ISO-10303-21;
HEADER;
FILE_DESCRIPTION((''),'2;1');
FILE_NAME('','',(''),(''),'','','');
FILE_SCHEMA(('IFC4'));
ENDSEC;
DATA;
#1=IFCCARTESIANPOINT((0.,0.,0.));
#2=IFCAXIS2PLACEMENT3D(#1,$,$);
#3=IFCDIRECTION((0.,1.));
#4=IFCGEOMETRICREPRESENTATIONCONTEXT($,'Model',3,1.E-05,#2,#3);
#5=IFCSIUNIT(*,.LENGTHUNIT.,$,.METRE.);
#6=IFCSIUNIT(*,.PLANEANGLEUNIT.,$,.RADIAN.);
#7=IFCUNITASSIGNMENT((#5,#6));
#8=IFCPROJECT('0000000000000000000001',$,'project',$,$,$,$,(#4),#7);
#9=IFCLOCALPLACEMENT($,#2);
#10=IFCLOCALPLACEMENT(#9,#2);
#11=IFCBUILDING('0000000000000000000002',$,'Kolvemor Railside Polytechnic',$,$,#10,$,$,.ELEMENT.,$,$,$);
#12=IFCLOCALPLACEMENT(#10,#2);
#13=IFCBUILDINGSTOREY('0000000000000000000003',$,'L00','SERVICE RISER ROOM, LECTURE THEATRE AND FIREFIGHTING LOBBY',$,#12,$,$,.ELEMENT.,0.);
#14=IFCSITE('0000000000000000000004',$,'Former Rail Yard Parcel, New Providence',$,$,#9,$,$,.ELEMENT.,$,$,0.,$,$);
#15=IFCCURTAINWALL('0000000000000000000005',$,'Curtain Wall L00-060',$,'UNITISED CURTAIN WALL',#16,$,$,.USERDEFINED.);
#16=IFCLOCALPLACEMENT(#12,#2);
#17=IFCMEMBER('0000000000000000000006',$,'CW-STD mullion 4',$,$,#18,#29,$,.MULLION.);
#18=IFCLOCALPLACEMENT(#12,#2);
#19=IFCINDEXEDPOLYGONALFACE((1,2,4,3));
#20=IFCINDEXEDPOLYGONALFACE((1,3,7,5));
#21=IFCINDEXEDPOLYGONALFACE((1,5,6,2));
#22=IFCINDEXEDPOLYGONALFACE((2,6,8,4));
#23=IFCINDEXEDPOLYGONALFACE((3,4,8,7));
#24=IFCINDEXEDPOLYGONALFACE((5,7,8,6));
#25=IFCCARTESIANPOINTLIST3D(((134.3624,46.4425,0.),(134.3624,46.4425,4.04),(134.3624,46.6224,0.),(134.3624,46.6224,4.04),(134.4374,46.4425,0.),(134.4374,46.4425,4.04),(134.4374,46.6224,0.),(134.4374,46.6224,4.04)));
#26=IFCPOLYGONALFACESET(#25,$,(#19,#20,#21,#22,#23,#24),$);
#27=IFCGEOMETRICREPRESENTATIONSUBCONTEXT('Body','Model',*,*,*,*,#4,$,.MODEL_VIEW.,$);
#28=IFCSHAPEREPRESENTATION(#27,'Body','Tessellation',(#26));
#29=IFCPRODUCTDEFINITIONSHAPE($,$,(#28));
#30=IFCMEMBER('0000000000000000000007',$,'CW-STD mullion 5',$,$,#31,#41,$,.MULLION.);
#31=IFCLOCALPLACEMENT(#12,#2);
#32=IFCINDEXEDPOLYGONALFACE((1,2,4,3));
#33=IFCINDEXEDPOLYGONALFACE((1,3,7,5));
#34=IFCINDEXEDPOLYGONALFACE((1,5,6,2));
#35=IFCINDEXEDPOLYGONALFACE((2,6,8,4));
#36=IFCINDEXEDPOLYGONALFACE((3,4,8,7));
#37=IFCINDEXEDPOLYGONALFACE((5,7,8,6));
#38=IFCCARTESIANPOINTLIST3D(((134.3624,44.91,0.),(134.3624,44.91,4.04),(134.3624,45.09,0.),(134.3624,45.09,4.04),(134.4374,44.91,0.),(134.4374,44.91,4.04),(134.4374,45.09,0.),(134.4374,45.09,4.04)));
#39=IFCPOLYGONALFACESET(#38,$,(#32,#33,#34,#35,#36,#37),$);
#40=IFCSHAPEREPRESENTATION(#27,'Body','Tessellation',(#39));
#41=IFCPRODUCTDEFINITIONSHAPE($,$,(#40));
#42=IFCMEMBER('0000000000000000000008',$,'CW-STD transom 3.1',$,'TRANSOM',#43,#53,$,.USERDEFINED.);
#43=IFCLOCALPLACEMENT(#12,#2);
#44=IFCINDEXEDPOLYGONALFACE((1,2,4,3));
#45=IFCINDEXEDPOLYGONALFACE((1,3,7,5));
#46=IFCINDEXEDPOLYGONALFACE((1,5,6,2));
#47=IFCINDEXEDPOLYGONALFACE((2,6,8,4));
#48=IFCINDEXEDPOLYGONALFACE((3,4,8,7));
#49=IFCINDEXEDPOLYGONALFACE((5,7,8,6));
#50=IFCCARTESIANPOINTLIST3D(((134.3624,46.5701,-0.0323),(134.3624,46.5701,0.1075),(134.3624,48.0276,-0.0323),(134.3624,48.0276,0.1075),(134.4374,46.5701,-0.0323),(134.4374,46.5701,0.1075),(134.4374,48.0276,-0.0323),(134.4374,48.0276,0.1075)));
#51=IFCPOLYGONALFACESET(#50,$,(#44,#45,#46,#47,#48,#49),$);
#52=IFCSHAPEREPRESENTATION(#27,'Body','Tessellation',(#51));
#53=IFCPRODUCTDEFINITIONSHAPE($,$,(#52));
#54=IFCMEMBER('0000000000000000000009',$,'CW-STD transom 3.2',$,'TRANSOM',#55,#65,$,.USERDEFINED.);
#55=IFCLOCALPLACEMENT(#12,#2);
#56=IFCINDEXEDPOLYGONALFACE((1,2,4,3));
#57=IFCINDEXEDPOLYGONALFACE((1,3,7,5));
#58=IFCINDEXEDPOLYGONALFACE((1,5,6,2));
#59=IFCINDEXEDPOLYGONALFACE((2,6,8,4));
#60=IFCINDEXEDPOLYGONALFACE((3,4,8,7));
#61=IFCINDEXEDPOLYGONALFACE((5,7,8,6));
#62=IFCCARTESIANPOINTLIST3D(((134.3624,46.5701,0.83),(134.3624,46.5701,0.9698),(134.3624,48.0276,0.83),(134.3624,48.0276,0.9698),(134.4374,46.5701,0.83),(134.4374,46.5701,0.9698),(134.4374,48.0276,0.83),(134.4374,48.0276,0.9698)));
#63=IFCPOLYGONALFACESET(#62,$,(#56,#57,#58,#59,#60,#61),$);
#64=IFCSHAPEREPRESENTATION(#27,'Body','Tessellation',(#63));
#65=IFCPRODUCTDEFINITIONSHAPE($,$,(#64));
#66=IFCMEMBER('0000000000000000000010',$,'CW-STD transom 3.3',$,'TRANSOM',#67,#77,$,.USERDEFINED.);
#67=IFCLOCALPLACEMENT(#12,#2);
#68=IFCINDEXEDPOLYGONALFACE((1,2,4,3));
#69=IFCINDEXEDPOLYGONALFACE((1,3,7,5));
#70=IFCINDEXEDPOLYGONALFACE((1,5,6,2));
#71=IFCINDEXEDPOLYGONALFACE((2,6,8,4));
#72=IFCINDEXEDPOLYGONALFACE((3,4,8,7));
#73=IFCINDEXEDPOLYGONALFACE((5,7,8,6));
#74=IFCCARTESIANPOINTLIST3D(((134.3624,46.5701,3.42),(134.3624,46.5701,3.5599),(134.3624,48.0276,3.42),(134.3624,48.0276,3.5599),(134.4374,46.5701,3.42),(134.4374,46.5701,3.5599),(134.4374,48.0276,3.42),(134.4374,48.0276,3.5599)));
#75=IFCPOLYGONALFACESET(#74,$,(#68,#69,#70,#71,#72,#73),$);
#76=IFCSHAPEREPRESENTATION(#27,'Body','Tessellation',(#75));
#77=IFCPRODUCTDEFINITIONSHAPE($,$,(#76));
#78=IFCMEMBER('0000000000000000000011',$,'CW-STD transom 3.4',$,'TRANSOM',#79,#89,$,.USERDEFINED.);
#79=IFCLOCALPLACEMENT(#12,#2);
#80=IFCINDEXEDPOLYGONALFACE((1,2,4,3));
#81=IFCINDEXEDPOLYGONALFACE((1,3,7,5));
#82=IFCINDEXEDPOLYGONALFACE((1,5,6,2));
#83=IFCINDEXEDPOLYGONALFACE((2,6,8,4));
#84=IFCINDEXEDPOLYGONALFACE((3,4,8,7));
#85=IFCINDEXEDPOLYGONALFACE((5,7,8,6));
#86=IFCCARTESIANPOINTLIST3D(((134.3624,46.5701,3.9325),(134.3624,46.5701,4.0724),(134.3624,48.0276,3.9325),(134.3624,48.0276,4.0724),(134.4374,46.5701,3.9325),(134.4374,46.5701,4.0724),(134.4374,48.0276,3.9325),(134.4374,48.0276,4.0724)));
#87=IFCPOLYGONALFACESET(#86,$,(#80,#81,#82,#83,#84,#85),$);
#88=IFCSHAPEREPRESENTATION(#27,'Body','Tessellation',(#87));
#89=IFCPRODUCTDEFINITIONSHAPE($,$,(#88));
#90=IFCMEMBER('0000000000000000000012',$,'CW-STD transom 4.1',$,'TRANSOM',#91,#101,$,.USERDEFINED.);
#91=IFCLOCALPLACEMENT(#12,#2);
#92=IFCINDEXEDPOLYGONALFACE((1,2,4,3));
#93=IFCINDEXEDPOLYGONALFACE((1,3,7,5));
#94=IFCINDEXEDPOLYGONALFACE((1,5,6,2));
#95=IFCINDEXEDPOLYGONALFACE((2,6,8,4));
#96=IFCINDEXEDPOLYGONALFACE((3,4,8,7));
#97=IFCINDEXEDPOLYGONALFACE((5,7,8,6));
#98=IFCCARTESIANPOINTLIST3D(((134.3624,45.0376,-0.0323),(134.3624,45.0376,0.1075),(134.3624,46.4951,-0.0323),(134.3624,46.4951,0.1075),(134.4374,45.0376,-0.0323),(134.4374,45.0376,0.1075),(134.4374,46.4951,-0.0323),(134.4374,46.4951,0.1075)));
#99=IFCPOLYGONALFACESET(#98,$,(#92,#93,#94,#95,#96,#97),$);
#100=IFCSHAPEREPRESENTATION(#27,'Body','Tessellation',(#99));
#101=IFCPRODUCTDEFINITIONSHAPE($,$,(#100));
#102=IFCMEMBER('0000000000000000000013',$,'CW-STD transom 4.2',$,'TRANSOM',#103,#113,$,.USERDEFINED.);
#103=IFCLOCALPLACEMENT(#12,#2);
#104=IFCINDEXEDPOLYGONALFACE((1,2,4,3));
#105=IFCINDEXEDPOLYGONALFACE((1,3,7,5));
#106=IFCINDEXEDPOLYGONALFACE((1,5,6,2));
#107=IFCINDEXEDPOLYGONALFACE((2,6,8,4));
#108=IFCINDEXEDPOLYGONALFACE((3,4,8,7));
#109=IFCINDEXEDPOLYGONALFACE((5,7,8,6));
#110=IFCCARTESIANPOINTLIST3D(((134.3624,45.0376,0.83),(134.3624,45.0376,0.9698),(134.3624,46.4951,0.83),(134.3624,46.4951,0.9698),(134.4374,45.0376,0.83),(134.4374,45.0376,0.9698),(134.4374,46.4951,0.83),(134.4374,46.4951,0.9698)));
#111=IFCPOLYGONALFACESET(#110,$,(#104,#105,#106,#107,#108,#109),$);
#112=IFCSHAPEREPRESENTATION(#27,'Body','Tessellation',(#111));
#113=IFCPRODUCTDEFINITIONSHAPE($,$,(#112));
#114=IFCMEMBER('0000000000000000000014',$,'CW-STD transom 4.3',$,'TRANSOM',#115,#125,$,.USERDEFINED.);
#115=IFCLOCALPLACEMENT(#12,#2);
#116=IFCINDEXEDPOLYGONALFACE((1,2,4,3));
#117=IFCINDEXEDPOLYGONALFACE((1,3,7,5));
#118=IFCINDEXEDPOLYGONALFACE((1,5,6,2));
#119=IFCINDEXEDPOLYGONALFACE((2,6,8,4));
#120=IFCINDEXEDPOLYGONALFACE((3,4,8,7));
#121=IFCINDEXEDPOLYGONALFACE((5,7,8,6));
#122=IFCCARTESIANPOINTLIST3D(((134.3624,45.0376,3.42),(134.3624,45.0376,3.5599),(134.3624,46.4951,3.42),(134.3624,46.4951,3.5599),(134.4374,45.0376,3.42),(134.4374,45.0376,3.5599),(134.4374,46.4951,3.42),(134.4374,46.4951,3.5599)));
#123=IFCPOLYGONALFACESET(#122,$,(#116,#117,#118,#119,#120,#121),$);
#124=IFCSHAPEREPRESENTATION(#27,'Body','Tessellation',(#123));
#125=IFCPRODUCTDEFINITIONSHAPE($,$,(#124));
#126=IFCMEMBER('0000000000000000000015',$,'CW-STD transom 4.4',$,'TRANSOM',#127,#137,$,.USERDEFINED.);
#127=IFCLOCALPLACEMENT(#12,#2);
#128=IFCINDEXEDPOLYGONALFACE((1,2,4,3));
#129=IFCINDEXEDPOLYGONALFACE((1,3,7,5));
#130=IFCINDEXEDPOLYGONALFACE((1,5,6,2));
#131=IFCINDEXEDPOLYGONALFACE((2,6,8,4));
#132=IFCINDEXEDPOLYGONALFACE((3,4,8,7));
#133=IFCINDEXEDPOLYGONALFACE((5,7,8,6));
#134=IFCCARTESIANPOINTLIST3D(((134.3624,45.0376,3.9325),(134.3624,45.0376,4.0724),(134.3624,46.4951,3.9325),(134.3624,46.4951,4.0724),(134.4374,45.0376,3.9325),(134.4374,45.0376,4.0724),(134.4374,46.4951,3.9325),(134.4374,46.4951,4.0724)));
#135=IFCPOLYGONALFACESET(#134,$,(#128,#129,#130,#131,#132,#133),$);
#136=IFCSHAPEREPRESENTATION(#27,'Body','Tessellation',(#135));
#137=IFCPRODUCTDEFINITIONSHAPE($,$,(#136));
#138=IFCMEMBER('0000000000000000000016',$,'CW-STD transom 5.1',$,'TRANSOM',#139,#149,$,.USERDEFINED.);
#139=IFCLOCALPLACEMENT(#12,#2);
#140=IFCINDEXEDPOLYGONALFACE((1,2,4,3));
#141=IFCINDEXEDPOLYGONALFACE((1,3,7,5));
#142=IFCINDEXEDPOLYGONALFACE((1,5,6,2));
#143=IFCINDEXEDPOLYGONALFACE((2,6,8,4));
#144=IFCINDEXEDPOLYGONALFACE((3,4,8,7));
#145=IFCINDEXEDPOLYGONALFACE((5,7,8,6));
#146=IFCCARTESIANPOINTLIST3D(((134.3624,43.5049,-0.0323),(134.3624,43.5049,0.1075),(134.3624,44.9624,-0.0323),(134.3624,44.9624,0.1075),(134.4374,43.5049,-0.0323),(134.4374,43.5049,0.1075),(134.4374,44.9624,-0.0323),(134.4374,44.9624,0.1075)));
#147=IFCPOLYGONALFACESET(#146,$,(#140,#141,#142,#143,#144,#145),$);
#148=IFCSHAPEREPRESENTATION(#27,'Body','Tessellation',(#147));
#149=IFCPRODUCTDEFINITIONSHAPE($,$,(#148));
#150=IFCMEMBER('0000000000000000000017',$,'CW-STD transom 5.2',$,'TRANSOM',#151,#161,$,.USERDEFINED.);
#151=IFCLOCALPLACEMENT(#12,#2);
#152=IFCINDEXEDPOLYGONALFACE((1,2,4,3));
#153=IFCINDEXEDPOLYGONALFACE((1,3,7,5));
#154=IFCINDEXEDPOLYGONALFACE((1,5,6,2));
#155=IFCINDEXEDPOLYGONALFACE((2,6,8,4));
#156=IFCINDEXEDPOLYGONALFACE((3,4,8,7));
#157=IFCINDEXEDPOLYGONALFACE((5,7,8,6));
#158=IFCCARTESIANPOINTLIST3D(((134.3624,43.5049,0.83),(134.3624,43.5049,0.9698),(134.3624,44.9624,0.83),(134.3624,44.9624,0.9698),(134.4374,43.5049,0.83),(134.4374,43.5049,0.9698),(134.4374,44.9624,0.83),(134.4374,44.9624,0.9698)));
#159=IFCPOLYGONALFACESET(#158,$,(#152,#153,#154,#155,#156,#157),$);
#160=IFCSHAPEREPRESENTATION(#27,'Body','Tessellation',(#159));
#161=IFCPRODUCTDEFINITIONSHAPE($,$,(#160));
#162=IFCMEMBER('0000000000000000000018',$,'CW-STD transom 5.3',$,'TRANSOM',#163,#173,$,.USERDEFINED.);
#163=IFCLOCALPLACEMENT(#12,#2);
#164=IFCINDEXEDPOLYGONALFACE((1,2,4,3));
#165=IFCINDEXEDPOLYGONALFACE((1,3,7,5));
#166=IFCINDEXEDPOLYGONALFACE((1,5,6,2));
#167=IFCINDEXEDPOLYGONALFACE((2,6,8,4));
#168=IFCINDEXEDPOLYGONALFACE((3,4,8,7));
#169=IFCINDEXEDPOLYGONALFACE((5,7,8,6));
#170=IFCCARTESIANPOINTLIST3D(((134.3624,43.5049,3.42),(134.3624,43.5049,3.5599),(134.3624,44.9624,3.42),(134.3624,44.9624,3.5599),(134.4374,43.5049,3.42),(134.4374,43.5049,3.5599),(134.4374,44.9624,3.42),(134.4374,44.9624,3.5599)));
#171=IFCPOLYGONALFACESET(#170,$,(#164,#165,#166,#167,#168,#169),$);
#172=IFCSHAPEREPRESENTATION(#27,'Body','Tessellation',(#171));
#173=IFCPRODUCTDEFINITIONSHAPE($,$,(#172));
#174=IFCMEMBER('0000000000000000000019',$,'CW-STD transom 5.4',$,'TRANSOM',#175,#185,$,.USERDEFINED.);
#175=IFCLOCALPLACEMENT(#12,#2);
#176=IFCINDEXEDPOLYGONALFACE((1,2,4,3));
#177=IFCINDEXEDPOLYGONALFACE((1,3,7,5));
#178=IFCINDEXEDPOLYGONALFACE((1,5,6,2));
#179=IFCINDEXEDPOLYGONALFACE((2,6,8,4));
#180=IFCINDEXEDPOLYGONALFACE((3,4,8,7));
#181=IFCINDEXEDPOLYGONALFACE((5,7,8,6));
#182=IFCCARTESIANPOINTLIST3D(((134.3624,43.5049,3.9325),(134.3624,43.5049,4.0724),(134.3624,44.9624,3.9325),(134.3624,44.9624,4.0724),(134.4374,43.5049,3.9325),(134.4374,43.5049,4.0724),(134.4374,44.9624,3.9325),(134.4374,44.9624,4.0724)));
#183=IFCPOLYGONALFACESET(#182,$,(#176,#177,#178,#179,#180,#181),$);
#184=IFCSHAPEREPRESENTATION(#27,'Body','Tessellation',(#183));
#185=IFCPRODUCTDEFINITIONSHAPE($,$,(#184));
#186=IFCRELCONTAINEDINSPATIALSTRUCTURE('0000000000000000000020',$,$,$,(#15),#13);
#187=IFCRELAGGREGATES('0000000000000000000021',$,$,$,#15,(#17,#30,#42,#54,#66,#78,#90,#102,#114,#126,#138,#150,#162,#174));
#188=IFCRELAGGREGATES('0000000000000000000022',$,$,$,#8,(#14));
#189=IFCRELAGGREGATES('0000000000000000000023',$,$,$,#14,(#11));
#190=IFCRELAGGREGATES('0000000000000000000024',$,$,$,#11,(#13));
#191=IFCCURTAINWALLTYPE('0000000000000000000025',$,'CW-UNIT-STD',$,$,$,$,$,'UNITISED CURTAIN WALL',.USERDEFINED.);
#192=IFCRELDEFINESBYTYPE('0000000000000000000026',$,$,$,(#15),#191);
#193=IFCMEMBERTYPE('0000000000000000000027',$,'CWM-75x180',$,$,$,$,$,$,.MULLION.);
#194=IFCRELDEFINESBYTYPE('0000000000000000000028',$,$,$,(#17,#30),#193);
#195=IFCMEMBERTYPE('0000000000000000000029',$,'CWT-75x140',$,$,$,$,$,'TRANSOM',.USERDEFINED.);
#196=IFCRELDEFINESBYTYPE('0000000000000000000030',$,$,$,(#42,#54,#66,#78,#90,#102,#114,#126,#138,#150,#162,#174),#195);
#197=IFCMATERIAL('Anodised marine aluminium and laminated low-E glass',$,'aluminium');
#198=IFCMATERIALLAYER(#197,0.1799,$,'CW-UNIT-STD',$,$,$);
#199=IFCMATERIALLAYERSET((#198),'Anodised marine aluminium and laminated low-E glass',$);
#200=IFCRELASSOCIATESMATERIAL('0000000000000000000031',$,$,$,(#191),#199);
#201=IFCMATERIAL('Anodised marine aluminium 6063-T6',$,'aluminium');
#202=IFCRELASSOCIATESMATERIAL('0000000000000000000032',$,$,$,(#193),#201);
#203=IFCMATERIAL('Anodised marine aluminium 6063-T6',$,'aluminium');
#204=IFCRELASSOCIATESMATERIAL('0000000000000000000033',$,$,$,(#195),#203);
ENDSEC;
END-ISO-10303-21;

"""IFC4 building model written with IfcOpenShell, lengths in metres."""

from ifc_helpers import new_model, si_unit, direction, frame, origin, origin_2d, place, context, subcontext, project, spatial, rectangle, extrude, material, layer, layer_set, material_profile, profile_set, type_object, element, aggregate, save


model = new_model("IFC4")

# Units and contexts
model_context = context("Model", 3, precision=1e-05, world=origin(), true_north=direction((0.0, 1.0)))
body_context = subcontext(model_context, "Body", "Model", "MODEL_VIEW")
ifc_project = project(units=[si_unit("LENGTHUNIT", "METRE"), si_unit("PLANEANGLEUNIT", "RADIAN")], contexts=[model_context])

# Site, building, storey
site_placement = place(None, origin())
site = spatial("IfcSite", under=ifc_project, at=site_placement, Name="Former Rail Yard Parcel, New Providence", CompositionType="ELEMENT", RefElevation=0.0)
building_placement = place(site_placement, origin())
building = spatial("IfcBuilding", under=site, at=building_placement, Name="Kolvemor Railside Polytechnic", CompositionType="ELEMENT")
storey_placement = place(building_placement, origin())
storey = spatial("IfcBuildingStorey", under=building, at=storey_placement, Name="L00", Description="SERVICE RISER ROOM, LECTURE THEATRE AND FIREFIGHTING LOBBY", CompositionType="ELEMENT", Elevation=0.0)

# Curtain wall, members
ifc_material_1 = material(Name="Anodised marine aluminium and laminated low-E glass", Category="aluminium")
ifc_layer_1 = layer(ifc_material_1, 0.1799, Name="CW-UNIT-STD")
ifc_layer_set_1 = layer_set([ifc_layer_1], Name="Anodised marine aluminium and laminated low-E glass")
curtain_wall_type = type_object("IfcCurtainWallType", Name="CW-UNIT-STD", ElementType="UNITISED CURTAIN WALL", PredefinedType="USERDEFINED", material=ifc_layer_set_1)
curtain_wall_placement = place(storey_placement, origin())
curtain_wall = element("IfcCurtainWall", 1, at=curtain_wall_placement, inside=storey, type_object=curtain_wall_type, Name="Curtain Wall L00-060", ObjectType="UNITISED CURTAIN WALL", PredefinedType="USERDEFINED")
ifc_material_2 = material(Name="Anodised marine aluminium 6063-T6", Category="aluminium")
ifc_material_profile_1 = material_profile(ifc_material_2, rectangle(XDim=0.075, YDim=0.1799, at=origin_2d()), Name="CW-MUL-75x180")
ifc_profile_set_1 = profile_set([ifc_material_profile_1], Name="Anodised marine aluminium 6063-T6")
member_type_1 = type_object("IfcMemberType", Name="CWM-75x180", PredefinedType="MULLION", material=ifc_profile_set_1)
member_1_placement = place(storey_placement, frame((134.3999, 46.5325, 0.0), z_axis=(0.0, 0.0, 1.0), x_axis=(1.0, 0.0, 0.0)))
member_1 = element("IfcMember", 2, at=member_1_placement, type_object=member_type_1, Name="CW-STD mullion 4", PredefinedType="MULLION", context=body_context, shape_type="SweptSolid", body=[
    extrude(rectangle(XDim=0.075, YDim=0.1799, at=origin_2d()), origin(), (0.0, 0.0, 1.0), 4.04),
])
member_2_placement = place(storey_placement, frame((134.3999, 45.0, 0.0), z_axis=(0.0, 0.0, 1.0), x_axis=(1.0, 0.0, 0.0)))
member_2 = element("IfcMember", 3, at=member_2_placement, type_object=member_type_1, Name="CW-STD mullion 5", PredefinedType="MULLION", context=body_context, shape_type="SweptSolid", body=[
    extrude(rectangle(XDim=0.075, YDim=0.1799, at=origin_2d()), origin(), (0.0, 0.0, 1.0), 4.04),
])
ifc_material_3 = material(Name="Anodised marine aluminium 6063-T6", Category="aluminium")
ifc_material_profile_2 = material_profile(ifc_material_3, rectangle(XDim=0.075, YDim=0.1399, at=origin_2d()), Name="CW-TRN-75x140")
ifc_profile_set_2 = profile_set([ifc_material_profile_2], Name="Anodised marine aluminium 6063-T6")
member_type_2 = type_object("IfcMemberType", Name="CWT-75x140", ElementType="TRANSOM", PredefinedType="USERDEFINED", material=ifc_profile_set_2)
member_3_placement = place(storey_placement, frame((134.3999, 48.0276, 0.0376), z_axis=(0.0, -1.0, 0.0), x_axis=(1.0, 0.0, 0.0)))
member_3 = element("IfcMember", 4, at=member_3_placement, type_object=member_type_2, Name="CW-STD transom 3.1", ObjectType="TRANSOM", PredefinedType="USERDEFINED", context=body_context, shape_type="SweptSolid", body=[
    extrude(rectangle(XDim=0.075, YDim=0.1399, at=origin_2d()), origin(), (0.0, 0.0, 1.0), 1.4575),
])
member_4_placement = place(storey_placement, frame((134.3999, 48.0276, 0.8999), z_axis=(0.0, -1.0, 0.0), x_axis=(1.0, 0.0, 0.0)))
member_4 = element("IfcMember", 5, at=member_4_placement, type_object=member_type_2, Name="CW-STD transom 3.2", ObjectType="TRANSOM", PredefinedType="USERDEFINED", context=body_context, shape_type="SweptSolid", body=[
    extrude(rectangle(XDim=0.075, YDim=0.1399, at=origin_2d()), origin(), (0.0, 0.0, 1.0), 1.4575),
])
member_5_placement = place(storey_placement, frame((134.3999, 48.0276, 3.49), z_axis=(0.0, -1.0, 0.0), x_axis=(1.0, 0.0, 0.0)))
member_5 = element("IfcMember", 6, at=member_5_placement, type_object=member_type_2, Name="CW-STD transom 3.3", ObjectType="TRANSOM", PredefinedType="USERDEFINED", context=body_context, shape_type="SweptSolid", body=[
    extrude(rectangle(XDim=0.075, YDim=0.1399, at=origin_2d()), origin(), (0.0, 0.0, 1.0), 1.4575),
])
member_6_placement = place(storey_placement, frame((134.3999, 48.0276, 4.0024), z_axis=(0.0, -1.0, 0.0), x_axis=(1.0, 0.0, 0.0)))
member_6 = element("IfcMember", 7, at=member_6_placement, type_object=member_type_2, Name="CW-STD transom 3.4", ObjectType="TRANSOM", PredefinedType="USERDEFINED", context=body_context, shape_type="SweptSolid", body=[
    extrude(rectangle(XDim=0.075, YDim=0.1399, at=origin_2d()), origin(), (0.0, 0.0, 1.0), 1.4575),
])
member_7_placement = place(storey_placement, frame((134.3999, 46.4951, 0.0376), z_axis=(0.0, -1.0, 0.0), x_axis=(1.0, 0.0, 0.0)))
member_7 = element("IfcMember", 8, at=member_7_placement, type_object=member_type_2, Name="CW-STD transom 4.1", ObjectType="TRANSOM", PredefinedType="USERDEFINED", context=body_context, shape_type="SweptSolid", body=[
    extrude(rectangle(XDim=0.075, YDim=0.1399, at=origin_2d()), origin(), (0.0, 0.0, 1.0), 1.4575),
])
member_8_placement = place(storey_placement, frame((134.3999, 46.4951, 0.8999), z_axis=(0.0, -1.0, 0.0), x_axis=(1.0, 0.0, 0.0)))
member_8 = element("IfcMember", 9, at=member_8_placement, type_object=member_type_2, Name="CW-STD transom 4.2", ObjectType="TRANSOM", PredefinedType="USERDEFINED", context=body_context, shape_type="SweptSolid", body=[
    extrude(rectangle(XDim=0.075, YDim=0.1399, at=origin_2d()), origin(), (0.0, 0.0, 1.0), 1.4575),
])
member_9_placement = place(storey_placement, frame((134.3999, 46.4951, 3.49), z_axis=(0.0, -1.0, 0.0), x_axis=(1.0, 0.0, 0.0)))
member_9 = element("IfcMember", 10, at=member_9_placement, type_object=member_type_2, Name="CW-STD transom 4.3", ObjectType="TRANSOM", PredefinedType="USERDEFINED", context=body_context, shape_type="SweptSolid", body=[
    extrude(rectangle(XDim=0.075, YDim=0.1399, at=origin_2d()), origin(), (0.0, 0.0, 1.0), 1.4575),
])
member_10_placement = place(storey_placement, frame((134.3999, 46.4951, 4.0024), z_axis=(0.0, -1.0, 0.0), x_axis=(1.0, 0.0, 0.0)))
member_10 = element("IfcMember", 11, at=member_10_placement, type_object=member_type_2, Name="CW-STD transom 4.4", ObjectType="TRANSOM", PredefinedType="USERDEFINED", context=body_context, shape_type="SweptSolid", body=[
    extrude(rectangle(XDim=0.075, YDim=0.1399, at=origin_2d()), origin(), (0.0, 0.0, 1.0), 1.4575),
])
member_11_placement = place(storey_placement, frame((134.3999, 44.9624, 0.0376), z_axis=(0.0, -1.0, 0.0), x_axis=(1.0, 0.0, 0.0)))
member_11 = element("IfcMember", 12, at=member_11_placement, type_object=member_type_2, Name="CW-STD transom 5.1", ObjectType="TRANSOM", PredefinedType="USERDEFINED", context=body_context, shape_type="SweptSolid", body=[
    extrude(rectangle(XDim=0.075, YDim=0.1399, at=origin_2d()), origin(), (0.0, 0.0, 1.0), 1.4575),
])
member_12_placement = place(storey_placement, frame((134.3999, 44.9624, 0.8999), z_axis=(0.0, -1.0, 0.0), x_axis=(1.0, 0.0, 0.0)))
member_12 = element("IfcMember", 13, at=member_12_placement, type_object=member_type_2, Name="CW-STD transom 5.2", ObjectType="TRANSOM", PredefinedType="USERDEFINED", context=body_context, shape_type="SweptSolid", body=[
    extrude(rectangle(XDim=0.075, YDim=0.1399, at=origin_2d()), origin(), (0.0, 0.0, 1.0), 1.4575),
])
member_13_placement = place(storey_placement, frame((134.3999, 44.9624, 3.49), z_axis=(0.0, -1.0, 0.0), x_axis=(1.0, 0.0, 0.0)))
member_13 = element("IfcMember", 14, at=member_13_placement, type_object=member_type_2, Name="CW-STD transom 5.3", ObjectType="TRANSOM", PredefinedType="USERDEFINED", context=body_context, shape_type="SweptSolid", body=[
    extrude(rectangle(XDim=0.075, YDim=0.1399, at=origin_2d()), origin(), (0.0, 0.0, 1.0), 1.4575),
])
member_14_placement = place(storey_placement, frame((134.3999, 44.9624, 4.0024), z_axis=(0.0, -1.0, 0.0), x_axis=(1.0, 0.0, 0.0)))
member_14 = element("IfcMember", 15, at=member_14_placement, type_object=member_type_2, Name="CW-STD transom 5.4", ObjectType="TRANSOM", PredefinedType="USERDEFINED", context=body_context, shape_type="SweptSolid", body=[
    extrude(rectangle(XDim=0.075, YDim=0.1399, at=origin_2d()), origin(), (0.0, 0.0, 1.0), 1.4575),
])
aggregate(curtain_wall, [member_1, member_2, member_3, member_4, member_5, member_6, member_7, member_8, member_9, member_10, member_11, member_12, member_13, member_14])

save(model, "model.ifc")
